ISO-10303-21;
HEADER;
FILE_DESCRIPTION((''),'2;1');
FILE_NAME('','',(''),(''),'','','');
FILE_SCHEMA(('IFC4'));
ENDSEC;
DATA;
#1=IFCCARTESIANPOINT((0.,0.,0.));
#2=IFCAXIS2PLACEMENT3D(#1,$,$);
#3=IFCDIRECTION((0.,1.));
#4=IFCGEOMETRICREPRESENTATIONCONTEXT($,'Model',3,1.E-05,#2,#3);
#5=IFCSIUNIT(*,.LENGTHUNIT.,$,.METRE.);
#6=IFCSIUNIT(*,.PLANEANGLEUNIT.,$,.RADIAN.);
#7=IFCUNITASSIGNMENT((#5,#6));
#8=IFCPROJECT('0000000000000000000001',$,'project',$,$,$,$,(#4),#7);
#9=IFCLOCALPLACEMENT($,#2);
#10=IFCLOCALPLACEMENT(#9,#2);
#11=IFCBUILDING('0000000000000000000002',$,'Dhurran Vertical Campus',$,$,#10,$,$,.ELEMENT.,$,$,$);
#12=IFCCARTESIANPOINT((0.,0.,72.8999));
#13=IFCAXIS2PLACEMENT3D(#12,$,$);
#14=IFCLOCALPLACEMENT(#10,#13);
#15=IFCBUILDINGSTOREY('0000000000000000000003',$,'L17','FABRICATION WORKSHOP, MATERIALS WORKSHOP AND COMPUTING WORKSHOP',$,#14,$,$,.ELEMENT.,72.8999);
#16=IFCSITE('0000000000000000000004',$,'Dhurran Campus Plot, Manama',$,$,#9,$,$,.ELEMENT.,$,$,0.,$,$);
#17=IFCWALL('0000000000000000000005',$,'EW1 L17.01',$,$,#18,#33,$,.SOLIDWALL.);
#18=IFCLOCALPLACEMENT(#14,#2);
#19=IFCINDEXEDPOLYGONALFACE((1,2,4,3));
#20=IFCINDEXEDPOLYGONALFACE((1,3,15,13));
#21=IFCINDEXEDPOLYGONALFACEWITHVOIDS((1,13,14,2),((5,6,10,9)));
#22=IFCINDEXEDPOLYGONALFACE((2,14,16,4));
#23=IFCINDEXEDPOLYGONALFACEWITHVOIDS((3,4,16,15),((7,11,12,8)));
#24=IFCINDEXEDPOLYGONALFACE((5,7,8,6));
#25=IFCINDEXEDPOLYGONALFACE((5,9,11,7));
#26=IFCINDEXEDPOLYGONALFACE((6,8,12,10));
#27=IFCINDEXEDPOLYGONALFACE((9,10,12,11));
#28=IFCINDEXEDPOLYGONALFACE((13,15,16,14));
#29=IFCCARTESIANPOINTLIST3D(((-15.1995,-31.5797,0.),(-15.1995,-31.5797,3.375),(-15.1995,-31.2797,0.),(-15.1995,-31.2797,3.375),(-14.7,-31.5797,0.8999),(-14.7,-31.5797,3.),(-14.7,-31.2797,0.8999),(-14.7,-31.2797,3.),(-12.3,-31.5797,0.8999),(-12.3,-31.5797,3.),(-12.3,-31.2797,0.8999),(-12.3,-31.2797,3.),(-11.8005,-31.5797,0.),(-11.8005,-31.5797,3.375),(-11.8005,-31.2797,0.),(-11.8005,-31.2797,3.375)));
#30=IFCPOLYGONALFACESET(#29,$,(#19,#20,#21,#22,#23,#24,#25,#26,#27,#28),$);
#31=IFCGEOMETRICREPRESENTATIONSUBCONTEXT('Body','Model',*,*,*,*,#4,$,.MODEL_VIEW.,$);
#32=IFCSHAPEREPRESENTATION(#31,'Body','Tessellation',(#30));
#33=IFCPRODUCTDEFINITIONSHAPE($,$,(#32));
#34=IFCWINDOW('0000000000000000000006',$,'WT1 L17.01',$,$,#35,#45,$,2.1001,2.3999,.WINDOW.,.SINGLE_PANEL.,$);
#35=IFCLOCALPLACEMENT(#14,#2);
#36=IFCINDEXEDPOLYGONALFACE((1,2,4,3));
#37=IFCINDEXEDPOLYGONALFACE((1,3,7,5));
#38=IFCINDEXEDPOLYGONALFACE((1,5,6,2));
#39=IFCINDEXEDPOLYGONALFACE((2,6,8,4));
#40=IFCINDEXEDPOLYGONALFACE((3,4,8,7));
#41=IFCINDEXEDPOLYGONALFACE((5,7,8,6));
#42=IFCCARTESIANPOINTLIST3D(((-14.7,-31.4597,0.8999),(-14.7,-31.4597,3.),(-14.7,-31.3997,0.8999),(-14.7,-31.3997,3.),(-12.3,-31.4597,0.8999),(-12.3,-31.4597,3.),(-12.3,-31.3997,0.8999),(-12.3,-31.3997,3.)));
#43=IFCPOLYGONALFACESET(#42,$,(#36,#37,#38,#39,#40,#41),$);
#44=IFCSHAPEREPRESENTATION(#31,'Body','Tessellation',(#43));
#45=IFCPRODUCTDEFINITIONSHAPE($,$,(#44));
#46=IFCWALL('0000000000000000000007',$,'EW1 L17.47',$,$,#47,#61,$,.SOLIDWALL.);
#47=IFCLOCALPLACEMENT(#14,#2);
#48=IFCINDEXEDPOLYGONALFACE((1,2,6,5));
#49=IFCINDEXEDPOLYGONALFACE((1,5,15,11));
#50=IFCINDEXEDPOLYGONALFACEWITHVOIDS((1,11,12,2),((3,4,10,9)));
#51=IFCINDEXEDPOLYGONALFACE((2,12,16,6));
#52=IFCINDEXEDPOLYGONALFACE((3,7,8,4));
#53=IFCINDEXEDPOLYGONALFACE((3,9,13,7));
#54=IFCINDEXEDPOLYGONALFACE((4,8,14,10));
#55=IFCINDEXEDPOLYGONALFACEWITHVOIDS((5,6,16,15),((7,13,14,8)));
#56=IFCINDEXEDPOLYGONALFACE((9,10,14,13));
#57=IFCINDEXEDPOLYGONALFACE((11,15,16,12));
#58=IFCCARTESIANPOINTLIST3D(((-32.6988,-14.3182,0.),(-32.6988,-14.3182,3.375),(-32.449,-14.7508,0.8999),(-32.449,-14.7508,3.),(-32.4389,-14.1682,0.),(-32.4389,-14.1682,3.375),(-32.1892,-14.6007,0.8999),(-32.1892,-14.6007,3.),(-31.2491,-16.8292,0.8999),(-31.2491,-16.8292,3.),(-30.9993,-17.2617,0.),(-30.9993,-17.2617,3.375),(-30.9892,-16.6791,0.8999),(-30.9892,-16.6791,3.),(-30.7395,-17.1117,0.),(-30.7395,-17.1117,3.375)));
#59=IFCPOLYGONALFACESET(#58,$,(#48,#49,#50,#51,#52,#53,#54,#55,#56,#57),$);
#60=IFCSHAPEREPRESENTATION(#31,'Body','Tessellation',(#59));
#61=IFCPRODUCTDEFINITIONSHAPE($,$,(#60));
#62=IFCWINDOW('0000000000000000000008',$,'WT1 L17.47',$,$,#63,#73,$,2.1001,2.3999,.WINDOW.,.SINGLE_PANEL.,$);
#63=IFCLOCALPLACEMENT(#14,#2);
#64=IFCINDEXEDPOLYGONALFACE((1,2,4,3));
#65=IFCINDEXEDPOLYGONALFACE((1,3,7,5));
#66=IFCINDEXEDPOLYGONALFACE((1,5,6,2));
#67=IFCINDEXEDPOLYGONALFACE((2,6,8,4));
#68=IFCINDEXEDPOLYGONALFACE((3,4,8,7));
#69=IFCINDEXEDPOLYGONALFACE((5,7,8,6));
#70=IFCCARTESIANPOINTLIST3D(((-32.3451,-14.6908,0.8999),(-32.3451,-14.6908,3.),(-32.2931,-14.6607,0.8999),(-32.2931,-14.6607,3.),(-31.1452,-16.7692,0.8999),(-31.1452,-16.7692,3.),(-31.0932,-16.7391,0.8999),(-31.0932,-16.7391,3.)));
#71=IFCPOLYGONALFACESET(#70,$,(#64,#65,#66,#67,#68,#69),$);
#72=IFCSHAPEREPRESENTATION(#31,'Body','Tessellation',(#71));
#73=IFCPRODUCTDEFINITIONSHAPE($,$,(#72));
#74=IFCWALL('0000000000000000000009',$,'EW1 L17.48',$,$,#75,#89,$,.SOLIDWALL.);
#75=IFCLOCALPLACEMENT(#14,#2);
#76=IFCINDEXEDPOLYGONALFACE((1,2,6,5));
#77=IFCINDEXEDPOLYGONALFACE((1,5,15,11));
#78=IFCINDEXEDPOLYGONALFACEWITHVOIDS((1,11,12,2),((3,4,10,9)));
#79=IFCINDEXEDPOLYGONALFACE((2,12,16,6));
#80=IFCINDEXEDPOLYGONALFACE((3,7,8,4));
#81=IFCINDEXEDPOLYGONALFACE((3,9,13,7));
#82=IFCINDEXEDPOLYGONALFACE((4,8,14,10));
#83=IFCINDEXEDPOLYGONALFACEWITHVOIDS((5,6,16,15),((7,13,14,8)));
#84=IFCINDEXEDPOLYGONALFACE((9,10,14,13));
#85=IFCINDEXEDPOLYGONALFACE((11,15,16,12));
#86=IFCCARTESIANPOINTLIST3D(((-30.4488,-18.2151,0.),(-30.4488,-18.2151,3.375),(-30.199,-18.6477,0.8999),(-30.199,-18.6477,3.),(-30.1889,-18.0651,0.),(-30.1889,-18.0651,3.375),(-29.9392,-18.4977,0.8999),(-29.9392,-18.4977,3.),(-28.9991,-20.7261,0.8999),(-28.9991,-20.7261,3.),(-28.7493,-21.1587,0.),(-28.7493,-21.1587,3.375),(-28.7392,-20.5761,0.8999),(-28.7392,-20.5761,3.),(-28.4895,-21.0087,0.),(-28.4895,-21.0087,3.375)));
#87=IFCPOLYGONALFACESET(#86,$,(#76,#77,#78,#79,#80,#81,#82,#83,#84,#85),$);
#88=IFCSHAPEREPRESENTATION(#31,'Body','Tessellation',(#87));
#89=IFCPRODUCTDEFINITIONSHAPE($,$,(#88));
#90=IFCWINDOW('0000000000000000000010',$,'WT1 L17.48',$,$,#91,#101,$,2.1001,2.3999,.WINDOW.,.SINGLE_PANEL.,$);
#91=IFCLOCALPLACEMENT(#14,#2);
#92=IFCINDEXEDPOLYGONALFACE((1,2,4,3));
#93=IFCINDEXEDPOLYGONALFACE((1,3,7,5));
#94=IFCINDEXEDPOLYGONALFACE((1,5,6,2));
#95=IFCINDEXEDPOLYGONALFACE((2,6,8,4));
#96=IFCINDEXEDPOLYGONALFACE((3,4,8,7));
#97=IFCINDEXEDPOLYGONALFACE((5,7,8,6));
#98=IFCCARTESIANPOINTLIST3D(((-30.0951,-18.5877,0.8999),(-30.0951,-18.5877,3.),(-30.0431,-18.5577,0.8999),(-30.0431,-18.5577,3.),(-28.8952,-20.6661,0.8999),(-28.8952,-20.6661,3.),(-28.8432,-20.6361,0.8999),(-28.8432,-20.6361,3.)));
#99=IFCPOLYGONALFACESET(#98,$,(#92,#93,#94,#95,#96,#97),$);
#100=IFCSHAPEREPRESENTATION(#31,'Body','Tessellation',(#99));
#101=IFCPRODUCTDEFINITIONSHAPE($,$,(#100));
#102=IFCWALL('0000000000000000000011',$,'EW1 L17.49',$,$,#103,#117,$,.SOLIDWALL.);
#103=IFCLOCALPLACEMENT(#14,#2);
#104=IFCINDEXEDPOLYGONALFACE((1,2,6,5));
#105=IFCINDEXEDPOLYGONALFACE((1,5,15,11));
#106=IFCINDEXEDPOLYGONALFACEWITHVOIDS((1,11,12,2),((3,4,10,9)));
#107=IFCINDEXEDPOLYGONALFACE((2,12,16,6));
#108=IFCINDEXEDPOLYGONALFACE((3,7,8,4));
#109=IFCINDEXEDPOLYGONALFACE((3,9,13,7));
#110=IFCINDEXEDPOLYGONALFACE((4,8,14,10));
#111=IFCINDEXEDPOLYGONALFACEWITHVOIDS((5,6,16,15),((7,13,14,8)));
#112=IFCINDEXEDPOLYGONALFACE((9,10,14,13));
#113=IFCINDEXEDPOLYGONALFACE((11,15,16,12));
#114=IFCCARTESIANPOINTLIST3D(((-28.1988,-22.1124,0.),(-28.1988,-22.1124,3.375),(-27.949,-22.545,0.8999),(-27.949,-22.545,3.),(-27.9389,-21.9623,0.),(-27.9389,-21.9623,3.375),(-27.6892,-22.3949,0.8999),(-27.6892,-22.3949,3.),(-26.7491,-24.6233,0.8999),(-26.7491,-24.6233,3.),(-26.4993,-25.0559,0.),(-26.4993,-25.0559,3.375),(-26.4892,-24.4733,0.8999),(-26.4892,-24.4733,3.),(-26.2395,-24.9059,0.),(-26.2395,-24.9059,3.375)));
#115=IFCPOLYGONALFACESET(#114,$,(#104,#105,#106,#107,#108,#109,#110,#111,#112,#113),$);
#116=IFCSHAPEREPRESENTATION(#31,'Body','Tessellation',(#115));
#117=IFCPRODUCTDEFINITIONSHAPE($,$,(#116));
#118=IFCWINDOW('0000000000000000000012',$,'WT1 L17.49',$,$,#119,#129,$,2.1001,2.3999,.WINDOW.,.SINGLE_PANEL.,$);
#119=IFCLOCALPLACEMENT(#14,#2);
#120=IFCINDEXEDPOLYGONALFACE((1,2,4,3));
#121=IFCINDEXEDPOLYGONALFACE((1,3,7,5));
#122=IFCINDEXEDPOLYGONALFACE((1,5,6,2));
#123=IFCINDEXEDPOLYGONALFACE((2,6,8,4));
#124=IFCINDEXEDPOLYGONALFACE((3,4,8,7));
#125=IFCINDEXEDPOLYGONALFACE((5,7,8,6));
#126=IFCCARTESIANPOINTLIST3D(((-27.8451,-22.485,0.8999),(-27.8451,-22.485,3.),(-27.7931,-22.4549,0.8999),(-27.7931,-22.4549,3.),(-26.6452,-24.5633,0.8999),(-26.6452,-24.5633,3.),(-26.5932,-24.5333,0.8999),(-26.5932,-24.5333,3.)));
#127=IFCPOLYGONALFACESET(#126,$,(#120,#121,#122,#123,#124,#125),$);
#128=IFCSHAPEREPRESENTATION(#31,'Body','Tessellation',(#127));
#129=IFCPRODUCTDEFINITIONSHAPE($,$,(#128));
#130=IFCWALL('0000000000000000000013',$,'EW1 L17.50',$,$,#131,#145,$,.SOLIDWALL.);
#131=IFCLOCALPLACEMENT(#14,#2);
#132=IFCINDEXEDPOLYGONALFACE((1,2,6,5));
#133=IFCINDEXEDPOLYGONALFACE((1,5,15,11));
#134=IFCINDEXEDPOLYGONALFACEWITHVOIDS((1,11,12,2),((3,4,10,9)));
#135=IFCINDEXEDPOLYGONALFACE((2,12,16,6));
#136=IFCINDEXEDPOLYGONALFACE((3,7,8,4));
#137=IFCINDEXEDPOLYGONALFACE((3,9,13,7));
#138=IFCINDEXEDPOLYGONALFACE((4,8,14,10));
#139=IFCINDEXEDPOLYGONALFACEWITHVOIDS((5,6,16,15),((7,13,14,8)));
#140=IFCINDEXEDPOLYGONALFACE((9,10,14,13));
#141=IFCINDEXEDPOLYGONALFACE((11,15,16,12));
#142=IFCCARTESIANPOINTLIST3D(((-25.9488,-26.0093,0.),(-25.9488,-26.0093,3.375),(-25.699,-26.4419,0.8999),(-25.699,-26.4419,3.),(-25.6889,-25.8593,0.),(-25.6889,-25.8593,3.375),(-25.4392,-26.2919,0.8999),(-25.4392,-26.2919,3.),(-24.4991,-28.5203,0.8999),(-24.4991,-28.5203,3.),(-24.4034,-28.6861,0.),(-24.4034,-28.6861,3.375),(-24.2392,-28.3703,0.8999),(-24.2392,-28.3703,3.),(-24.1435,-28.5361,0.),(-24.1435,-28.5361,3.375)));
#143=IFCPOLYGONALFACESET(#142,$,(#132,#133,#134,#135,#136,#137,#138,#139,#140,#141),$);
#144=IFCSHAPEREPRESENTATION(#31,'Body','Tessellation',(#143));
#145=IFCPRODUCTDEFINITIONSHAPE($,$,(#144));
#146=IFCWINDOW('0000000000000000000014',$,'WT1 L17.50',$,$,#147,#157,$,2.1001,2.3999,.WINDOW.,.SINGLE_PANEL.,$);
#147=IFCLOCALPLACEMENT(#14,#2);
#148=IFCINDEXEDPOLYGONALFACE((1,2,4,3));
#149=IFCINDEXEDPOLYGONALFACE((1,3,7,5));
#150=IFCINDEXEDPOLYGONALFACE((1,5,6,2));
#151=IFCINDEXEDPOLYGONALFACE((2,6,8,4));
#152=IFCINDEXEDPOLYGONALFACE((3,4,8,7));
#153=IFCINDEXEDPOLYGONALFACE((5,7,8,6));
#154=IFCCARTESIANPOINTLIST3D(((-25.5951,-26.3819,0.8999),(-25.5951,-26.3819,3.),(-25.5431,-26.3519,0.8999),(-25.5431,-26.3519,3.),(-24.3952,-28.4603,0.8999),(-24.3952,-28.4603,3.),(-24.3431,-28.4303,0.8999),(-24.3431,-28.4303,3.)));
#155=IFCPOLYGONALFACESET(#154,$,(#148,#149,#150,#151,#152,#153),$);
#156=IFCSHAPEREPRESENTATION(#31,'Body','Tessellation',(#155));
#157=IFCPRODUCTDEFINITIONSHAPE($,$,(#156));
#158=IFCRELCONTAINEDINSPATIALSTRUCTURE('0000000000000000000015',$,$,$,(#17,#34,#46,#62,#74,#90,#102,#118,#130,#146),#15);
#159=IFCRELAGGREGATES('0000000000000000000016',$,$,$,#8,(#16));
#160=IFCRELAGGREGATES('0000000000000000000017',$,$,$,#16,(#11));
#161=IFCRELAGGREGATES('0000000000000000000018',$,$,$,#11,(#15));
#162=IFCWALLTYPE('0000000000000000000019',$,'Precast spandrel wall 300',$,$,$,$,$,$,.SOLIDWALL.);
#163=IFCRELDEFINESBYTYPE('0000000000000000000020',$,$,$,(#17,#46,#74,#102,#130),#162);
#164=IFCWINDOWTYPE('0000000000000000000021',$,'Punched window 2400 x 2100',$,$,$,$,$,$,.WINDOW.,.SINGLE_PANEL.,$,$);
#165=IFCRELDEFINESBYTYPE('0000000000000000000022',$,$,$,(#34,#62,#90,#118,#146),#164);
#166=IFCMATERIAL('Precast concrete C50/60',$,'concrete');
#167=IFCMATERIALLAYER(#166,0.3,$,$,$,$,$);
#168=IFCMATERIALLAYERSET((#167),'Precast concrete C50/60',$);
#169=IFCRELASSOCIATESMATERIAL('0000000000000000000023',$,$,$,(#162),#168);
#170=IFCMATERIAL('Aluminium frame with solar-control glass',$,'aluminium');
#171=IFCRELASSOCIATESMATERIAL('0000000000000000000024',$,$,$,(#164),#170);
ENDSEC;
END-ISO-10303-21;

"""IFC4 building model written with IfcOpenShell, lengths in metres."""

from ifc_helpers import new_model, si_unit, direction, frame, frame_2d, origin, place, context, subcontext, project, spatial, rectangle, extrude, material, layer, layer_set, type_object, element, fill, save


model = new_model("IFC4")

# Units and contexts
model_context = context("Model", 3, precision=1e-05, world=origin(), true_north=direction((0.0, 1.0)))
body_context = subcontext(model_context, "Body", "Model", "MODEL_VIEW")
ifc_project = project(units=[si_unit("LENGTHUNIT", "METRE"), si_unit("PLANEANGLEUNIT", "RADIAN")], contexts=[model_context])

# Site, building, storey
site_placement = place(None, origin())
site = spatial("IfcSite", under=ifc_project, at=site_placement, Name="Dhurran Campus Plot, Manama", CompositionType="ELEMENT", RefElevation=0.0)
building_placement = place(site_placement, origin())
building = spatial("IfcBuilding", under=site, at=building_placement, Name="Dhurran Vertical Campus", CompositionType="ELEMENT")
storey_placement = place(building_placement, frame((0.0, 0.0, 72.8999)))
storey = spatial("IfcBuildingStorey", under=building, at=storey_placement, Name="L17", Description="FABRICATION WORKSHOP, MATERIALS WORKSHOP AND COMPUTING WORKSHOP", CompositionType="ELEMENT", Elevation=72.8999)

# Walls, openings, windows
ifc_material_1 = material(Name="Precast concrete C50/60", Category="concrete")
ifc_layer_1 = layer(ifc_material_1, 0.3)
ifc_layer_set_1 = layer_set([ifc_layer_1], Name="Precast concrete C50/60")
wall_type_1 = type_object("IfcWallType", Name="Precast spandrel wall 300", PredefinedType="SOLIDWALL", material=ifc_layer_set_1)
ifc_material_2 = material(Name="Aluminium frame with solar-control glass", Category="aluminium")
window_type = type_object("IfcWindowType", Name="Punched window 2400 x 2100", PartitioningType="SINGLE_PANEL", PredefinedType="WINDOW", material=ifc_material_2)
wall_1_placement = place(storey_placement, frame((-15.1995, -31.4297, 0.0), z_axis=(0.0, 0.0, 1.0), x_axis=(1.0, 0.0, 0.0)))
wall_1 = element("IfcWall", 1, at=wall_1_placement, inside=storey, type_object=wall_type_1, Name="EW1 L17.01", PredefinedType="SOLIDWALL", context=body_context, shape_type="SweptSolid", body=[
    extrude(rectangle(XDim=3.3989, YDim=0.3, at=frame_2d((1.6995, 0.0))), origin(), (0.0, 0.0, 1.0), 3.375),
])
opening_1_placement = place(wall_1_placement, frame((0.4995, 0.0, 0.8999)))
opening_1 = element("IfcOpeningElement", 2, at=opening_1_placement, cuts=wall_1, PredefinedType="OPENING", context=body_context, shape_type="SweptSolid", body=[
    extrude(rectangle(XDim=2.3999, YDim=2.1001, at=frame_2d((1.2, 1.05))), frame((0.0, 0.1599, 0.0), z_axis=(0.0, -1.0, 0.0), x_axis=(1.0, 0.0, 0.0)), (0.0, 0.0, 1.0), 0.3201),
])
window_1_placement = place(opening_1_placement, origin())
window_1 = element("IfcWindow", 3, at=window_1_placement, inside=storey, type_object=window_type, Name="WT1 L17.01", OverallHeight=2.1001, OverallWidth=2.3999, PartitioningType="SINGLE_PANEL", PredefinedType="WINDOW", context=body_context, shape_type="SweptSolid", body=[
    extrude(rectangle(XDim=2.3999, YDim=2.1001, at=frame_2d((1.2, 1.05))), frame((0.0, 0.03, 0.0), z_axis=(0.0, -1.0, 0.0), x_axis=(1.0, 0.0, 0.0)), (0.0, 0.0, 1.0), 0.0601),
])
fill(opening_1, window_1)
wall_2_placement = place(storey_placement, frame((-32.5688, -14.2432, 0.0), z_axis=(0.0, 0.0, 1.0), x_axis=(0.499994, -0.866029, 0.0)))
wall_2 = element("IfcWall", 4, at=wall_2_placement, inside=storey, type_object=wall_type_1, Name="EW1 L17.47", PredefinedType="SOLIDWALL", context=body_context, shape_type="SweptSolid", body=[
    extrude(rectangle(XDim=3.3989, YDim=0.3, at=frame_2d((1.6995, 0.0))), origin(), (0.0, 0.0, 1.0), 3.375),
])
opening_2_placement = place(wall_2_placement, frame((0.4995, 0.0, 0.8999)))
opening_2 = element("IfcOpeningElement", 5, at=opening_2_placement, cuts=wall_2, PredefinedType="OPENING", context=body_context, shape_type="SweptSolid", body=[
    extrude(rectangle(XDim=2.3999, YDim=2.1001, at=frame_2d((1.2, 1.05))), frame((0.0, 0.1599, 0.0), z_axis=(0.0, -1.0, 0.0), x_axis=(1.0, 0.0, 0.0)), (0.0, 0.0, 1.0), 0.3201),
])
window_2_placement = place(opening_2_placement, origin())
window_2 = element("IfcWindow", 6, at=window_2_placement, inside=storey, type_object=window_type, Name="WT1 L17.47", OverallHeight=2.1001, OverallWidth=2.3999, PartitioningType="SINGLE_PANEL", PredefinedType="WINDOW", context=body_context, shape_type="SweptSolid", body=[
    extrude(rectangle(XDim=2.3999, YDim=2.1001, at=frame_2d((1.2, 1.05))), frame((0.0, 0.03, 0.0), z_axis=(0.0, -1.0, 0.0), x_axis=(1.0, 0.0, 0.0)), (0.0, 0.0, 1.0), 0.0601),
])
fill(opening_2, window_2)
wall_3_placement = place(storey_placement, frame((-30.3188, -18.1401, 0.0), z_axis=(0.0, 0.0, 1.0), x_axis=(0.499994, -0.866029, 0.0)))
wall_3 = element("IfcWall", 7, at=wall_3_placement, inside=storey, type_object=wall_type_1, Name="EW1 L17.48", PredefinedType="SOLIDWALL", context=body_context, shape_type="SweptSolid", body=[
    extrude(rectangle(XDim=3.3989, YDim=0.3, at=frame_2d((1.6995, 0.0))), origin(), (0.0, 0.0, 1.0), 3.375),
])
opening_3_placement = place(wall_3_placement, frame((0.4995, 0.0, 0.8999)))
opening_3 = element("IfcOpeningElement", 8, at=opening_3_placement, cuts=wall_3, PredefinedType="OPENING", context=body_context, shape_type="SweptSolid", body=[
    extrude(rectangle(XDim=2.3999, YDim=2.1001, at=frame_2d((1.2, 1.05))), frame((0.0, 0.1599, 0.0), z_axis=(0.0, -1.0, 0.0), x_axis=(1.0, 0.0, 0.0)), (0.0, 0.0, 1.0), 0.3201),
])
window_3_placement = place(opening_3_placement, origin())
window_3 = element("IfcWindow", 9, at=window_3_placement, inside=storey, type_object=window_type, Name="WT1 L17.48", OverallHeight=2.1001, OverallWidth=2.3999, PartitioningType="SINGLE_PANEL", PredefinedType="WINDOW", context=body_context, shape_type="SweptSolid", body=[
    extrude(rectangle(XDim=2.3999, YDim=2.1001, at=frame_2d((1.2, 1.05))), frame((0.0, 0.03, 0.0), z_axis=(0.0, -1.0, 0.0), x_axis=(1.0, 0.0, 0.0)), (0.0, 0.0, 1.0), 0.0601),
])
fill(opening_3, window_3)
wall_4_placement = place(storey_placement, frame((-28.0688, -22.0374, 0.0), z_axis=(0.0, 0.0, 1.0), x_axis=(0.499994, -0.866029, 0.0)))
wall_4 = element("IfcWall", 10, at=wall_4_placement, inside=storey, type_object=wall_type_1, Name="EW1 L17.49", PredefinedType="SOLIDWALL", context=body_context, shape_type="SweptSolid", body=[
    extrude(rectangle(XDim=3.3989, YDim=0.3, at=frame_2d((1.6995, 0.0))), origin(), (0.0, 0.0, 1.0), 3.375),
])
opening_4_placement = place(wall_4_placement, frame((0.4995, 0.0, 0.8999)))
opening_4 = element("IfcOpeningElement", 11, at=opening_4_placement, cuts=wall_4, PredefinedType="OPENING", context=body_context, shape_type="SweptSolid", body=[
    extrude(rectangle(XDim=2.3999, YDim=2.1001, at=frame_2d((1.2, 1.05))), frame((0.0, 0.1599, 0.0), z_axis=(0.0, -1.0, 0.0), x_axis=(1.0, 0.0, 0.0)), (0.0, 0.0, 1.0), 0.3201),
])
window_4_placement = place(opening_4_placement, origin())
window_4 = element("IfcWindow", 12, at=window_4_placement, inside=storey, type_object=window_type, Name="WT1 L17.49", OverallHeight=2.1001, OverallWidth=2.3999, PartitioningType="SINGLE_PANEL", PredefinedType="WINDOW", context=body_context, shape_type="SweptSolid", body=[
    extrude(rectangle(XDim=2.3999, YDim=2.1001, at=frame_2d((1.2, 1.05))), frame((0.0, 0.03, 0.0), z_axis=(0.0, -1.0, 0.0), x_axis=(1.0, 0.0, 0.0)), (0.0, 0.0, 1.0), 0.0601),
])
fill(opening_4, window_4)
wall_5_placement = place(storey_placement, frame((-25.8188, -25.9343, 0.0), z_axis=(0.0, 0.0, 1.0), x_axis=(0.499996, -0.866028, 0.0)))
wall_5 = element("IfcWall", 13, at=wall_5_placement, inside=storey, type_object=wall_type_1, Name="EW1 L17.50", PredefinedType="SOLIDWALL", context=body_context, shape_type="SweptSolid", body=[
    extrude(rectangle(XDim=3.0908, YDim=0.3, at=frame_2d((1.5454, 0.0))), origin(), (0.0, 0.0, 1.0), 3.375),
])
opening_5_placement = place(wall_5_placement, frame((0.4995, 0.0, 0.8999)))
opening_5 = element("IfcOpeningElement", 14, at=opening_5_placement, cuts=wall_5, PredefinedType="OPENING", context=body_context, shape_type="SweptSolid", body=[
    extrude(rectangle(XDim=2.3999, YDim=2.1001, at=frame_2d((1.2, 1.05))), frame((0.0, 0.1599, 0.0), z_axis=(0.0, -1.0, 0.0), x_axis=(1.0, 0.0, 0.0)), (0.0, 0.0, 1.0), 0.3201),
])
window_5_placement = place(opening_5_placement, origin())
window_5 = element("IfcWindow", 15, at=window_5_placement, inside=storey, type_object=window_type, Name="WT1 L17.50", OverallHeight=2.1001, OverallWidth=2.3999, PartitioningType="SINGLE_PANEL", PredefinedType="WINDOW", context=body_context, shape_type="SweptSolid", body=[
    extrude(rectangle(XDim=2.3999, YDim=2.1001, at=frame_2d((1.2, 1.05))), frame((0.0, 0.03, 0.0), z_axis=(0.0, -1.0, 0.0), x_axis=(1.0, 0.0, 0.0)), (0.0, 0.0, 1.0), 0.0601),
])
fill(opening_5, window_5)

save(model, "model.ifc")
